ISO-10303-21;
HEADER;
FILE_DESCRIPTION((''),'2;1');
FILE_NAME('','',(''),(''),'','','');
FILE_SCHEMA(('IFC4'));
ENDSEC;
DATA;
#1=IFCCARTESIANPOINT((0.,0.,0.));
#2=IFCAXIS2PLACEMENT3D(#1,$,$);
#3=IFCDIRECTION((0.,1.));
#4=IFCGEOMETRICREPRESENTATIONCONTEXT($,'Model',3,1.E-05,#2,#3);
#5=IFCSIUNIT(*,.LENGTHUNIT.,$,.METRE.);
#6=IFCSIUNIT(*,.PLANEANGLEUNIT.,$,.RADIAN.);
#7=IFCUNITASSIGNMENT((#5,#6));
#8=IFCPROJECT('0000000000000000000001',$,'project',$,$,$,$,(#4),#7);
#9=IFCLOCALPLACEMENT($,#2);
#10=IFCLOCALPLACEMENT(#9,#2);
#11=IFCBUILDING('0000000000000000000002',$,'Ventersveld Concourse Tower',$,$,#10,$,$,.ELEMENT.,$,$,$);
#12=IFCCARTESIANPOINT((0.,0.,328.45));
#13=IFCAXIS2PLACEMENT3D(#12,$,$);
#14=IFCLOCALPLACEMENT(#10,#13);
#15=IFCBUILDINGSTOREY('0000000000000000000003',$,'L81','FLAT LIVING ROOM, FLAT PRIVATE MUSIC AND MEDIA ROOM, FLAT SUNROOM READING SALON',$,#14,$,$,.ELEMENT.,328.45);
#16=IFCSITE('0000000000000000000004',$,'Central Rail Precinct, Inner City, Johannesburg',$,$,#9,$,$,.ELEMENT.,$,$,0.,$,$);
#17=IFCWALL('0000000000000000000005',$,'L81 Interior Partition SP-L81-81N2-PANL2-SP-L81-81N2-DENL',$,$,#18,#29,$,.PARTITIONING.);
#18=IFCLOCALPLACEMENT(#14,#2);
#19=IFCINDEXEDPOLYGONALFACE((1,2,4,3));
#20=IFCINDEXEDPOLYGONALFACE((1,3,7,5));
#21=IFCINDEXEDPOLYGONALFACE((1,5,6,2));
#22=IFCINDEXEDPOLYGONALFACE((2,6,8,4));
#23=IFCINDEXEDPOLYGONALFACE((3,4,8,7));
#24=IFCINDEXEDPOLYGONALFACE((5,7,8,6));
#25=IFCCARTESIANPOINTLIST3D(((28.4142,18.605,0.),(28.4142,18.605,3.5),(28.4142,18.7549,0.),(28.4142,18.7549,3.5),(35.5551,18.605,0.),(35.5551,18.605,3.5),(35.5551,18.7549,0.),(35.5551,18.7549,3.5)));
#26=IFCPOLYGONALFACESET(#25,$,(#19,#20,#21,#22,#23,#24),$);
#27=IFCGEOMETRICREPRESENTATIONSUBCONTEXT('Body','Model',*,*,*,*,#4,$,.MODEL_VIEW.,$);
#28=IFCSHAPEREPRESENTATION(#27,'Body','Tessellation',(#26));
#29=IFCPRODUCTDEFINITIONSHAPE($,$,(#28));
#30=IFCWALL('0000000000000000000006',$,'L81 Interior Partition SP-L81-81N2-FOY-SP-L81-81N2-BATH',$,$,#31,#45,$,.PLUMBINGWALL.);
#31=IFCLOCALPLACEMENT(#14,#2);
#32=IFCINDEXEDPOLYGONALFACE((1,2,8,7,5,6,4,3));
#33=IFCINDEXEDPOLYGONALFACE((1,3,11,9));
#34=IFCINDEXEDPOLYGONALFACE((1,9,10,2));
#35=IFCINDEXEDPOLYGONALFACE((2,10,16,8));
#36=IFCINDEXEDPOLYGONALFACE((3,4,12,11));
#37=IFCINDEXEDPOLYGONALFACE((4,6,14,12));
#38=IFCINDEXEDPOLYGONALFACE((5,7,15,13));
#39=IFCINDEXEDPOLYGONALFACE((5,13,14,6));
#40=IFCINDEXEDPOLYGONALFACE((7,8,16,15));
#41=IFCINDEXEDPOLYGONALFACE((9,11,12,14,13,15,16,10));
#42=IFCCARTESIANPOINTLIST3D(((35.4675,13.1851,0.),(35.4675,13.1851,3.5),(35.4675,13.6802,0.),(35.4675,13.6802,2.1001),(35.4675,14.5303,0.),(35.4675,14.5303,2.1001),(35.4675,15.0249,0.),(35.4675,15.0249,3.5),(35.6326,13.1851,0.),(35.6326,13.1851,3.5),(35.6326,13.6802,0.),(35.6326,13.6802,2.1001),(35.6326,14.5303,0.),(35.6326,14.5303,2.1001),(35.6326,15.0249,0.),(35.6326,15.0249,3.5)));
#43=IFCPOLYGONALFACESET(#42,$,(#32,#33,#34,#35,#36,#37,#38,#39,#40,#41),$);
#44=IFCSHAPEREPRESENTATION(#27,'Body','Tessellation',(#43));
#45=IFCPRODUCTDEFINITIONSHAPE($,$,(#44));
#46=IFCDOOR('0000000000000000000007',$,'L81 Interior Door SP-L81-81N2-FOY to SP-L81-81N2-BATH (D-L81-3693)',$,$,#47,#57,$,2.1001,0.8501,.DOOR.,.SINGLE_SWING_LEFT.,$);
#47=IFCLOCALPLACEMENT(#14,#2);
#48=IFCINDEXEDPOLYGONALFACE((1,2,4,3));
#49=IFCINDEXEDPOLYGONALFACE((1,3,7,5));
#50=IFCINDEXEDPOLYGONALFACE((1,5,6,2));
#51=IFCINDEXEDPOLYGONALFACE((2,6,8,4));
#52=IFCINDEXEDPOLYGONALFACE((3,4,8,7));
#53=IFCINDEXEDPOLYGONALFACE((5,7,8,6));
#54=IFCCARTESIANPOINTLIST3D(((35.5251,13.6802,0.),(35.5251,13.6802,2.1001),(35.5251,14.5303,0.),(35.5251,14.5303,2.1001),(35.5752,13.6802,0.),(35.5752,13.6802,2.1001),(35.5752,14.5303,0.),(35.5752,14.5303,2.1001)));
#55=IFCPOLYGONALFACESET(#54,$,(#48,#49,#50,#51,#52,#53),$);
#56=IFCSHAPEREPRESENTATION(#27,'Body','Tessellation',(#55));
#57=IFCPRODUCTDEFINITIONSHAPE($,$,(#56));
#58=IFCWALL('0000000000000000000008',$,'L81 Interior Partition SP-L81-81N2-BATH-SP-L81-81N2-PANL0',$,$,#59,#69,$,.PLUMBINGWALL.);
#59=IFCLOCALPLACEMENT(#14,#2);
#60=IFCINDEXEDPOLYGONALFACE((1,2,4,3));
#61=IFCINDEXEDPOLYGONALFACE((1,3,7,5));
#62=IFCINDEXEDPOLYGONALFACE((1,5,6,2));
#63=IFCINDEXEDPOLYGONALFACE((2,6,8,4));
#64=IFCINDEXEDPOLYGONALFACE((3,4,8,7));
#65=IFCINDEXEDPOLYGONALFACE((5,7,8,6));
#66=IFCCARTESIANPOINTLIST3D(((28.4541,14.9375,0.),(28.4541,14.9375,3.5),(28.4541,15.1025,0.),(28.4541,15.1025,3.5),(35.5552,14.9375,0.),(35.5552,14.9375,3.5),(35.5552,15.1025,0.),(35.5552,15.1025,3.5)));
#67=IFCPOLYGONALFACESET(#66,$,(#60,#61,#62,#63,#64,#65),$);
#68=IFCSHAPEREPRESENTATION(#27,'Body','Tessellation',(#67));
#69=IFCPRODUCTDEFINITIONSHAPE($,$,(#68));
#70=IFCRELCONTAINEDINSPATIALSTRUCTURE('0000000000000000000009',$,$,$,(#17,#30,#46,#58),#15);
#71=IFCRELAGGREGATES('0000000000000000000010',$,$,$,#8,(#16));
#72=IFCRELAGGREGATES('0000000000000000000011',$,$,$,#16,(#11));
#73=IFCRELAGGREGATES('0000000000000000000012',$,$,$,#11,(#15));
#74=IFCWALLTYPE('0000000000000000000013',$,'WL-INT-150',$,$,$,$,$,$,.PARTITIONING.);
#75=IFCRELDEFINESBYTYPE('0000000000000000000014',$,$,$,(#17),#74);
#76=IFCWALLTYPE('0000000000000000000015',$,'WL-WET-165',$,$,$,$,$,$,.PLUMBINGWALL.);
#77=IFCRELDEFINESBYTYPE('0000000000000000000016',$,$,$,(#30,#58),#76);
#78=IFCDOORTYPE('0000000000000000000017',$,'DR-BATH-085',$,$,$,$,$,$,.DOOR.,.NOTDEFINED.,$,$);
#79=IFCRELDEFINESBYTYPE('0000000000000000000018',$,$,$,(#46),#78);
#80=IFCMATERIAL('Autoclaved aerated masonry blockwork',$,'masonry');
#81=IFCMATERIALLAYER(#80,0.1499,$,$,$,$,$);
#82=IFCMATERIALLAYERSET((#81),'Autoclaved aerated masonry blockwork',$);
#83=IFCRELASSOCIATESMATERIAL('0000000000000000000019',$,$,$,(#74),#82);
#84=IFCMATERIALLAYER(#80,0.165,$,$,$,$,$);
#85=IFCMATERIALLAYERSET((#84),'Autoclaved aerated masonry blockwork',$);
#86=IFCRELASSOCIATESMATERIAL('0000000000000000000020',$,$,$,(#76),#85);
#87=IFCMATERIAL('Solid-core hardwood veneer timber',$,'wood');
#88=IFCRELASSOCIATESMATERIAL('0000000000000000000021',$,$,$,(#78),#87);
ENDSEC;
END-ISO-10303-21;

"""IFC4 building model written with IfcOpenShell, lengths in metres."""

from ifc_helpers import new_model, si_unit, direction, frame, frame_2d, origin, place, context, subcontext, project, spatial, rectangle, extrude, material, layer, layer_set, type_object, element, fill, save


model = new_model("IFC4")

# Units and contexts
model_context = context("Model", 3, precision=1e-05, world=origin(), true_north=direction((0.0, 1.0)))
body_context = subcontext(model_context, "Body", "Model", "MODEL_VIEW")
ifc_project = project(units=[si_unit("LENGTHUNIT", "METRE"), si_unit("PLANEANGLEUNIT", "RADIAN")], contexts=[model_context])

# Site, building, storey
site_placement = place(None, origin())
site = spatial("IfcSite", under=ifc_project, at=site_placement, Name="Central Rail Precinct, Inner City, Johannesburg", CompositionType="ELEMENT", RefElevation=0.0)
building_placement = place(site_placement, origin())
building = spatial("IfcBuilding", under=site, at=building_placement, Name="Ventersveld Concourse Tower", CompositionType="ELEMENT")
storey_placement = place(building_placement, frame((0.0, 0.0, 328.45)))
storey = spatial("IfcBuildingStorey", under=building, at=storey_placement, Name="L81", Description="FLAT LIVING ROOM, FLAT PRIVATE MUSIC AND MEDIA ROOM, FLAT SUNROOM READING SALON", CompositionType="ELEMENT", Elevation=328.45)

# Shared definitions
ifc_material_1 = material(Name="Solid-core hardwood veneer timber", Category="wood")

# Shared definitions
ifc_material_2 = material(Name="Autoclaved aerated masonry blockwork", Category="masonry")
ifc_layer_1 = layer(ifc_material_2, 0.1499)
ifc_layer_set_1 = layer_set([ifc_layer_1], Name="Autoclaved aerated masonry blockwork")
wall_type_1 = type_object("IfcWallType", Name="WL-INT-150", PredefinedType="PARTITIONING", material=ifc_layer_set_1)

# Wall
wall_1_placement = place(storey_placement, frame((28.4143, 18.6799, 0.0), z_axis=(0.0, 0.0, 1.0), x_axis=(1.0, 0.0, 0.0)))
element("IfcWall", 1, at=wall_1_placement, inside=storey, type_object=wall_type_1, Name="L81 Interior Partition SP-L81-81N2-PANL2-SP-L81-81N2-DENL", PredefinedType="PARTITIONING", context=body_context, shape_type="SweptSolid", body=[
    extrude(rectangle(XDim=7.1409, YDim=0.1499, at=frame_2d((3.5703, 0.0))), origin(), (0.0, 0.0, 1.0), 3.5),
])

# Wall, opening, door
ifc_layer_2 = layer(ifc_material_2, 0.165)
ifc_layer_set_2 = layer_set([ifc_layer_2], Name="Autoclaved aerated masonry blockwork")
wall_type_2 = type_object("IfcWallType", Name="WL-WET-165", PredefinedType="PLUMBINGWALL", material=ifc_layer_set_2)
wall_2_placement = place(storey_placement, frame((35.55, 13.1851, 0.0), z_axis=(0.0, 0.0, 1.0), x_axis=(0.0, 1.0, 0.0)))
wall_2 = element("IfcWall", 2, at=wall_2_placement, inside=storey, type_object=wall_type_2, Name="L81 Interior Partition SP-L81-81N2-FOY-SP-L81-81N2-BATH", PredefinedType="PLUMBINGWALL", context=body_context, shape_type="SweptSolid", body=[
    extrude(rectangle(XDim=1.8398, YDim=0.165, at=frame_2d((0.9199, 0.0))), origin(), (0.0, 0.0, 1.0), 3.5),
])
opening_1_placement = place(wall_2_placement, frame((0.4951, 0.0, 0.0)))
opening_1 = element("IfcOpeningElement", 3, at=opening_1_placement, cuts=wall_2, PredefinedType="OPENING", context=body_context, shape_type="SweptSolid", body=[
    extrude(rectangle(XDim=0.8501, YDim=2.1001, at=frame_2d((0.425, 1.05))), frame((0.0, 0.0925, 0.0), z_axis=(0.0, -1.0, 0.0), x_axis=(1.0, 0.0, 0.0)), (0.0, 0.0, 1.0), 0.1851),
])
door_type_1 = type_object("IfcDoorType", Name="DR-BATH-085", OperationType="NOTDEFINED", PredefinedType="DOOR", material=ifc_material_1)
door_1_placement = place(opening_1_placement, origin())
door_1 = element("IfcDoor", 4, at=door_1_placement, inside=storey, type_object=door_type_1, Name="L81 Interior Door SP-L81-81N2-FOY to SP-L81-81N2-BATH (D-L81-3693)", OperationType="SINGLE_SWING_LEFT", OverallHeight=2.1001, OverallWidth=0.8501, PredefinedType="DOOR", context=body_context, shape_type="SweptSolid", body=[
    extrude(rectangle(XDim=0.8501, YDim=2.1001, at=frame_2d((0.425, 1.05))), frame((0.0, 0.0249, 0.0), z_axis=(0.0, -1.0, 0.0), x_axis=(1.0, 0.0, 0.0)), (0.0, 0.0, 1.0), 0.05),
])
fill(opening_1, door_1)

# Wall
wall_3_placement = place(storey_placement, frame((28.4541, 15.02, 0.0), z_axis=(0.0, 0.0, 1.0), x_axis=(1.0, 0.0, 0.0)))
element("IfcWall", 5, at=wall_3_placement, inside=storey, type_object=wall_type_2, Name="L81 Interior Partition SP-L81-81N2-BATH-SP-L81-81N2-PANL0", PredefinedType="PLUMBINGWALL", context=body_context, shape_type="SweptSolid", body=[
    extrude(rectangle(XDim=7.1011, YDim=0.165, at=frame_2d((3.5505, 0.0))), origin(), (0.0, 0.0, 1.0), 3.5),
])

save(model, "model.ifc")
